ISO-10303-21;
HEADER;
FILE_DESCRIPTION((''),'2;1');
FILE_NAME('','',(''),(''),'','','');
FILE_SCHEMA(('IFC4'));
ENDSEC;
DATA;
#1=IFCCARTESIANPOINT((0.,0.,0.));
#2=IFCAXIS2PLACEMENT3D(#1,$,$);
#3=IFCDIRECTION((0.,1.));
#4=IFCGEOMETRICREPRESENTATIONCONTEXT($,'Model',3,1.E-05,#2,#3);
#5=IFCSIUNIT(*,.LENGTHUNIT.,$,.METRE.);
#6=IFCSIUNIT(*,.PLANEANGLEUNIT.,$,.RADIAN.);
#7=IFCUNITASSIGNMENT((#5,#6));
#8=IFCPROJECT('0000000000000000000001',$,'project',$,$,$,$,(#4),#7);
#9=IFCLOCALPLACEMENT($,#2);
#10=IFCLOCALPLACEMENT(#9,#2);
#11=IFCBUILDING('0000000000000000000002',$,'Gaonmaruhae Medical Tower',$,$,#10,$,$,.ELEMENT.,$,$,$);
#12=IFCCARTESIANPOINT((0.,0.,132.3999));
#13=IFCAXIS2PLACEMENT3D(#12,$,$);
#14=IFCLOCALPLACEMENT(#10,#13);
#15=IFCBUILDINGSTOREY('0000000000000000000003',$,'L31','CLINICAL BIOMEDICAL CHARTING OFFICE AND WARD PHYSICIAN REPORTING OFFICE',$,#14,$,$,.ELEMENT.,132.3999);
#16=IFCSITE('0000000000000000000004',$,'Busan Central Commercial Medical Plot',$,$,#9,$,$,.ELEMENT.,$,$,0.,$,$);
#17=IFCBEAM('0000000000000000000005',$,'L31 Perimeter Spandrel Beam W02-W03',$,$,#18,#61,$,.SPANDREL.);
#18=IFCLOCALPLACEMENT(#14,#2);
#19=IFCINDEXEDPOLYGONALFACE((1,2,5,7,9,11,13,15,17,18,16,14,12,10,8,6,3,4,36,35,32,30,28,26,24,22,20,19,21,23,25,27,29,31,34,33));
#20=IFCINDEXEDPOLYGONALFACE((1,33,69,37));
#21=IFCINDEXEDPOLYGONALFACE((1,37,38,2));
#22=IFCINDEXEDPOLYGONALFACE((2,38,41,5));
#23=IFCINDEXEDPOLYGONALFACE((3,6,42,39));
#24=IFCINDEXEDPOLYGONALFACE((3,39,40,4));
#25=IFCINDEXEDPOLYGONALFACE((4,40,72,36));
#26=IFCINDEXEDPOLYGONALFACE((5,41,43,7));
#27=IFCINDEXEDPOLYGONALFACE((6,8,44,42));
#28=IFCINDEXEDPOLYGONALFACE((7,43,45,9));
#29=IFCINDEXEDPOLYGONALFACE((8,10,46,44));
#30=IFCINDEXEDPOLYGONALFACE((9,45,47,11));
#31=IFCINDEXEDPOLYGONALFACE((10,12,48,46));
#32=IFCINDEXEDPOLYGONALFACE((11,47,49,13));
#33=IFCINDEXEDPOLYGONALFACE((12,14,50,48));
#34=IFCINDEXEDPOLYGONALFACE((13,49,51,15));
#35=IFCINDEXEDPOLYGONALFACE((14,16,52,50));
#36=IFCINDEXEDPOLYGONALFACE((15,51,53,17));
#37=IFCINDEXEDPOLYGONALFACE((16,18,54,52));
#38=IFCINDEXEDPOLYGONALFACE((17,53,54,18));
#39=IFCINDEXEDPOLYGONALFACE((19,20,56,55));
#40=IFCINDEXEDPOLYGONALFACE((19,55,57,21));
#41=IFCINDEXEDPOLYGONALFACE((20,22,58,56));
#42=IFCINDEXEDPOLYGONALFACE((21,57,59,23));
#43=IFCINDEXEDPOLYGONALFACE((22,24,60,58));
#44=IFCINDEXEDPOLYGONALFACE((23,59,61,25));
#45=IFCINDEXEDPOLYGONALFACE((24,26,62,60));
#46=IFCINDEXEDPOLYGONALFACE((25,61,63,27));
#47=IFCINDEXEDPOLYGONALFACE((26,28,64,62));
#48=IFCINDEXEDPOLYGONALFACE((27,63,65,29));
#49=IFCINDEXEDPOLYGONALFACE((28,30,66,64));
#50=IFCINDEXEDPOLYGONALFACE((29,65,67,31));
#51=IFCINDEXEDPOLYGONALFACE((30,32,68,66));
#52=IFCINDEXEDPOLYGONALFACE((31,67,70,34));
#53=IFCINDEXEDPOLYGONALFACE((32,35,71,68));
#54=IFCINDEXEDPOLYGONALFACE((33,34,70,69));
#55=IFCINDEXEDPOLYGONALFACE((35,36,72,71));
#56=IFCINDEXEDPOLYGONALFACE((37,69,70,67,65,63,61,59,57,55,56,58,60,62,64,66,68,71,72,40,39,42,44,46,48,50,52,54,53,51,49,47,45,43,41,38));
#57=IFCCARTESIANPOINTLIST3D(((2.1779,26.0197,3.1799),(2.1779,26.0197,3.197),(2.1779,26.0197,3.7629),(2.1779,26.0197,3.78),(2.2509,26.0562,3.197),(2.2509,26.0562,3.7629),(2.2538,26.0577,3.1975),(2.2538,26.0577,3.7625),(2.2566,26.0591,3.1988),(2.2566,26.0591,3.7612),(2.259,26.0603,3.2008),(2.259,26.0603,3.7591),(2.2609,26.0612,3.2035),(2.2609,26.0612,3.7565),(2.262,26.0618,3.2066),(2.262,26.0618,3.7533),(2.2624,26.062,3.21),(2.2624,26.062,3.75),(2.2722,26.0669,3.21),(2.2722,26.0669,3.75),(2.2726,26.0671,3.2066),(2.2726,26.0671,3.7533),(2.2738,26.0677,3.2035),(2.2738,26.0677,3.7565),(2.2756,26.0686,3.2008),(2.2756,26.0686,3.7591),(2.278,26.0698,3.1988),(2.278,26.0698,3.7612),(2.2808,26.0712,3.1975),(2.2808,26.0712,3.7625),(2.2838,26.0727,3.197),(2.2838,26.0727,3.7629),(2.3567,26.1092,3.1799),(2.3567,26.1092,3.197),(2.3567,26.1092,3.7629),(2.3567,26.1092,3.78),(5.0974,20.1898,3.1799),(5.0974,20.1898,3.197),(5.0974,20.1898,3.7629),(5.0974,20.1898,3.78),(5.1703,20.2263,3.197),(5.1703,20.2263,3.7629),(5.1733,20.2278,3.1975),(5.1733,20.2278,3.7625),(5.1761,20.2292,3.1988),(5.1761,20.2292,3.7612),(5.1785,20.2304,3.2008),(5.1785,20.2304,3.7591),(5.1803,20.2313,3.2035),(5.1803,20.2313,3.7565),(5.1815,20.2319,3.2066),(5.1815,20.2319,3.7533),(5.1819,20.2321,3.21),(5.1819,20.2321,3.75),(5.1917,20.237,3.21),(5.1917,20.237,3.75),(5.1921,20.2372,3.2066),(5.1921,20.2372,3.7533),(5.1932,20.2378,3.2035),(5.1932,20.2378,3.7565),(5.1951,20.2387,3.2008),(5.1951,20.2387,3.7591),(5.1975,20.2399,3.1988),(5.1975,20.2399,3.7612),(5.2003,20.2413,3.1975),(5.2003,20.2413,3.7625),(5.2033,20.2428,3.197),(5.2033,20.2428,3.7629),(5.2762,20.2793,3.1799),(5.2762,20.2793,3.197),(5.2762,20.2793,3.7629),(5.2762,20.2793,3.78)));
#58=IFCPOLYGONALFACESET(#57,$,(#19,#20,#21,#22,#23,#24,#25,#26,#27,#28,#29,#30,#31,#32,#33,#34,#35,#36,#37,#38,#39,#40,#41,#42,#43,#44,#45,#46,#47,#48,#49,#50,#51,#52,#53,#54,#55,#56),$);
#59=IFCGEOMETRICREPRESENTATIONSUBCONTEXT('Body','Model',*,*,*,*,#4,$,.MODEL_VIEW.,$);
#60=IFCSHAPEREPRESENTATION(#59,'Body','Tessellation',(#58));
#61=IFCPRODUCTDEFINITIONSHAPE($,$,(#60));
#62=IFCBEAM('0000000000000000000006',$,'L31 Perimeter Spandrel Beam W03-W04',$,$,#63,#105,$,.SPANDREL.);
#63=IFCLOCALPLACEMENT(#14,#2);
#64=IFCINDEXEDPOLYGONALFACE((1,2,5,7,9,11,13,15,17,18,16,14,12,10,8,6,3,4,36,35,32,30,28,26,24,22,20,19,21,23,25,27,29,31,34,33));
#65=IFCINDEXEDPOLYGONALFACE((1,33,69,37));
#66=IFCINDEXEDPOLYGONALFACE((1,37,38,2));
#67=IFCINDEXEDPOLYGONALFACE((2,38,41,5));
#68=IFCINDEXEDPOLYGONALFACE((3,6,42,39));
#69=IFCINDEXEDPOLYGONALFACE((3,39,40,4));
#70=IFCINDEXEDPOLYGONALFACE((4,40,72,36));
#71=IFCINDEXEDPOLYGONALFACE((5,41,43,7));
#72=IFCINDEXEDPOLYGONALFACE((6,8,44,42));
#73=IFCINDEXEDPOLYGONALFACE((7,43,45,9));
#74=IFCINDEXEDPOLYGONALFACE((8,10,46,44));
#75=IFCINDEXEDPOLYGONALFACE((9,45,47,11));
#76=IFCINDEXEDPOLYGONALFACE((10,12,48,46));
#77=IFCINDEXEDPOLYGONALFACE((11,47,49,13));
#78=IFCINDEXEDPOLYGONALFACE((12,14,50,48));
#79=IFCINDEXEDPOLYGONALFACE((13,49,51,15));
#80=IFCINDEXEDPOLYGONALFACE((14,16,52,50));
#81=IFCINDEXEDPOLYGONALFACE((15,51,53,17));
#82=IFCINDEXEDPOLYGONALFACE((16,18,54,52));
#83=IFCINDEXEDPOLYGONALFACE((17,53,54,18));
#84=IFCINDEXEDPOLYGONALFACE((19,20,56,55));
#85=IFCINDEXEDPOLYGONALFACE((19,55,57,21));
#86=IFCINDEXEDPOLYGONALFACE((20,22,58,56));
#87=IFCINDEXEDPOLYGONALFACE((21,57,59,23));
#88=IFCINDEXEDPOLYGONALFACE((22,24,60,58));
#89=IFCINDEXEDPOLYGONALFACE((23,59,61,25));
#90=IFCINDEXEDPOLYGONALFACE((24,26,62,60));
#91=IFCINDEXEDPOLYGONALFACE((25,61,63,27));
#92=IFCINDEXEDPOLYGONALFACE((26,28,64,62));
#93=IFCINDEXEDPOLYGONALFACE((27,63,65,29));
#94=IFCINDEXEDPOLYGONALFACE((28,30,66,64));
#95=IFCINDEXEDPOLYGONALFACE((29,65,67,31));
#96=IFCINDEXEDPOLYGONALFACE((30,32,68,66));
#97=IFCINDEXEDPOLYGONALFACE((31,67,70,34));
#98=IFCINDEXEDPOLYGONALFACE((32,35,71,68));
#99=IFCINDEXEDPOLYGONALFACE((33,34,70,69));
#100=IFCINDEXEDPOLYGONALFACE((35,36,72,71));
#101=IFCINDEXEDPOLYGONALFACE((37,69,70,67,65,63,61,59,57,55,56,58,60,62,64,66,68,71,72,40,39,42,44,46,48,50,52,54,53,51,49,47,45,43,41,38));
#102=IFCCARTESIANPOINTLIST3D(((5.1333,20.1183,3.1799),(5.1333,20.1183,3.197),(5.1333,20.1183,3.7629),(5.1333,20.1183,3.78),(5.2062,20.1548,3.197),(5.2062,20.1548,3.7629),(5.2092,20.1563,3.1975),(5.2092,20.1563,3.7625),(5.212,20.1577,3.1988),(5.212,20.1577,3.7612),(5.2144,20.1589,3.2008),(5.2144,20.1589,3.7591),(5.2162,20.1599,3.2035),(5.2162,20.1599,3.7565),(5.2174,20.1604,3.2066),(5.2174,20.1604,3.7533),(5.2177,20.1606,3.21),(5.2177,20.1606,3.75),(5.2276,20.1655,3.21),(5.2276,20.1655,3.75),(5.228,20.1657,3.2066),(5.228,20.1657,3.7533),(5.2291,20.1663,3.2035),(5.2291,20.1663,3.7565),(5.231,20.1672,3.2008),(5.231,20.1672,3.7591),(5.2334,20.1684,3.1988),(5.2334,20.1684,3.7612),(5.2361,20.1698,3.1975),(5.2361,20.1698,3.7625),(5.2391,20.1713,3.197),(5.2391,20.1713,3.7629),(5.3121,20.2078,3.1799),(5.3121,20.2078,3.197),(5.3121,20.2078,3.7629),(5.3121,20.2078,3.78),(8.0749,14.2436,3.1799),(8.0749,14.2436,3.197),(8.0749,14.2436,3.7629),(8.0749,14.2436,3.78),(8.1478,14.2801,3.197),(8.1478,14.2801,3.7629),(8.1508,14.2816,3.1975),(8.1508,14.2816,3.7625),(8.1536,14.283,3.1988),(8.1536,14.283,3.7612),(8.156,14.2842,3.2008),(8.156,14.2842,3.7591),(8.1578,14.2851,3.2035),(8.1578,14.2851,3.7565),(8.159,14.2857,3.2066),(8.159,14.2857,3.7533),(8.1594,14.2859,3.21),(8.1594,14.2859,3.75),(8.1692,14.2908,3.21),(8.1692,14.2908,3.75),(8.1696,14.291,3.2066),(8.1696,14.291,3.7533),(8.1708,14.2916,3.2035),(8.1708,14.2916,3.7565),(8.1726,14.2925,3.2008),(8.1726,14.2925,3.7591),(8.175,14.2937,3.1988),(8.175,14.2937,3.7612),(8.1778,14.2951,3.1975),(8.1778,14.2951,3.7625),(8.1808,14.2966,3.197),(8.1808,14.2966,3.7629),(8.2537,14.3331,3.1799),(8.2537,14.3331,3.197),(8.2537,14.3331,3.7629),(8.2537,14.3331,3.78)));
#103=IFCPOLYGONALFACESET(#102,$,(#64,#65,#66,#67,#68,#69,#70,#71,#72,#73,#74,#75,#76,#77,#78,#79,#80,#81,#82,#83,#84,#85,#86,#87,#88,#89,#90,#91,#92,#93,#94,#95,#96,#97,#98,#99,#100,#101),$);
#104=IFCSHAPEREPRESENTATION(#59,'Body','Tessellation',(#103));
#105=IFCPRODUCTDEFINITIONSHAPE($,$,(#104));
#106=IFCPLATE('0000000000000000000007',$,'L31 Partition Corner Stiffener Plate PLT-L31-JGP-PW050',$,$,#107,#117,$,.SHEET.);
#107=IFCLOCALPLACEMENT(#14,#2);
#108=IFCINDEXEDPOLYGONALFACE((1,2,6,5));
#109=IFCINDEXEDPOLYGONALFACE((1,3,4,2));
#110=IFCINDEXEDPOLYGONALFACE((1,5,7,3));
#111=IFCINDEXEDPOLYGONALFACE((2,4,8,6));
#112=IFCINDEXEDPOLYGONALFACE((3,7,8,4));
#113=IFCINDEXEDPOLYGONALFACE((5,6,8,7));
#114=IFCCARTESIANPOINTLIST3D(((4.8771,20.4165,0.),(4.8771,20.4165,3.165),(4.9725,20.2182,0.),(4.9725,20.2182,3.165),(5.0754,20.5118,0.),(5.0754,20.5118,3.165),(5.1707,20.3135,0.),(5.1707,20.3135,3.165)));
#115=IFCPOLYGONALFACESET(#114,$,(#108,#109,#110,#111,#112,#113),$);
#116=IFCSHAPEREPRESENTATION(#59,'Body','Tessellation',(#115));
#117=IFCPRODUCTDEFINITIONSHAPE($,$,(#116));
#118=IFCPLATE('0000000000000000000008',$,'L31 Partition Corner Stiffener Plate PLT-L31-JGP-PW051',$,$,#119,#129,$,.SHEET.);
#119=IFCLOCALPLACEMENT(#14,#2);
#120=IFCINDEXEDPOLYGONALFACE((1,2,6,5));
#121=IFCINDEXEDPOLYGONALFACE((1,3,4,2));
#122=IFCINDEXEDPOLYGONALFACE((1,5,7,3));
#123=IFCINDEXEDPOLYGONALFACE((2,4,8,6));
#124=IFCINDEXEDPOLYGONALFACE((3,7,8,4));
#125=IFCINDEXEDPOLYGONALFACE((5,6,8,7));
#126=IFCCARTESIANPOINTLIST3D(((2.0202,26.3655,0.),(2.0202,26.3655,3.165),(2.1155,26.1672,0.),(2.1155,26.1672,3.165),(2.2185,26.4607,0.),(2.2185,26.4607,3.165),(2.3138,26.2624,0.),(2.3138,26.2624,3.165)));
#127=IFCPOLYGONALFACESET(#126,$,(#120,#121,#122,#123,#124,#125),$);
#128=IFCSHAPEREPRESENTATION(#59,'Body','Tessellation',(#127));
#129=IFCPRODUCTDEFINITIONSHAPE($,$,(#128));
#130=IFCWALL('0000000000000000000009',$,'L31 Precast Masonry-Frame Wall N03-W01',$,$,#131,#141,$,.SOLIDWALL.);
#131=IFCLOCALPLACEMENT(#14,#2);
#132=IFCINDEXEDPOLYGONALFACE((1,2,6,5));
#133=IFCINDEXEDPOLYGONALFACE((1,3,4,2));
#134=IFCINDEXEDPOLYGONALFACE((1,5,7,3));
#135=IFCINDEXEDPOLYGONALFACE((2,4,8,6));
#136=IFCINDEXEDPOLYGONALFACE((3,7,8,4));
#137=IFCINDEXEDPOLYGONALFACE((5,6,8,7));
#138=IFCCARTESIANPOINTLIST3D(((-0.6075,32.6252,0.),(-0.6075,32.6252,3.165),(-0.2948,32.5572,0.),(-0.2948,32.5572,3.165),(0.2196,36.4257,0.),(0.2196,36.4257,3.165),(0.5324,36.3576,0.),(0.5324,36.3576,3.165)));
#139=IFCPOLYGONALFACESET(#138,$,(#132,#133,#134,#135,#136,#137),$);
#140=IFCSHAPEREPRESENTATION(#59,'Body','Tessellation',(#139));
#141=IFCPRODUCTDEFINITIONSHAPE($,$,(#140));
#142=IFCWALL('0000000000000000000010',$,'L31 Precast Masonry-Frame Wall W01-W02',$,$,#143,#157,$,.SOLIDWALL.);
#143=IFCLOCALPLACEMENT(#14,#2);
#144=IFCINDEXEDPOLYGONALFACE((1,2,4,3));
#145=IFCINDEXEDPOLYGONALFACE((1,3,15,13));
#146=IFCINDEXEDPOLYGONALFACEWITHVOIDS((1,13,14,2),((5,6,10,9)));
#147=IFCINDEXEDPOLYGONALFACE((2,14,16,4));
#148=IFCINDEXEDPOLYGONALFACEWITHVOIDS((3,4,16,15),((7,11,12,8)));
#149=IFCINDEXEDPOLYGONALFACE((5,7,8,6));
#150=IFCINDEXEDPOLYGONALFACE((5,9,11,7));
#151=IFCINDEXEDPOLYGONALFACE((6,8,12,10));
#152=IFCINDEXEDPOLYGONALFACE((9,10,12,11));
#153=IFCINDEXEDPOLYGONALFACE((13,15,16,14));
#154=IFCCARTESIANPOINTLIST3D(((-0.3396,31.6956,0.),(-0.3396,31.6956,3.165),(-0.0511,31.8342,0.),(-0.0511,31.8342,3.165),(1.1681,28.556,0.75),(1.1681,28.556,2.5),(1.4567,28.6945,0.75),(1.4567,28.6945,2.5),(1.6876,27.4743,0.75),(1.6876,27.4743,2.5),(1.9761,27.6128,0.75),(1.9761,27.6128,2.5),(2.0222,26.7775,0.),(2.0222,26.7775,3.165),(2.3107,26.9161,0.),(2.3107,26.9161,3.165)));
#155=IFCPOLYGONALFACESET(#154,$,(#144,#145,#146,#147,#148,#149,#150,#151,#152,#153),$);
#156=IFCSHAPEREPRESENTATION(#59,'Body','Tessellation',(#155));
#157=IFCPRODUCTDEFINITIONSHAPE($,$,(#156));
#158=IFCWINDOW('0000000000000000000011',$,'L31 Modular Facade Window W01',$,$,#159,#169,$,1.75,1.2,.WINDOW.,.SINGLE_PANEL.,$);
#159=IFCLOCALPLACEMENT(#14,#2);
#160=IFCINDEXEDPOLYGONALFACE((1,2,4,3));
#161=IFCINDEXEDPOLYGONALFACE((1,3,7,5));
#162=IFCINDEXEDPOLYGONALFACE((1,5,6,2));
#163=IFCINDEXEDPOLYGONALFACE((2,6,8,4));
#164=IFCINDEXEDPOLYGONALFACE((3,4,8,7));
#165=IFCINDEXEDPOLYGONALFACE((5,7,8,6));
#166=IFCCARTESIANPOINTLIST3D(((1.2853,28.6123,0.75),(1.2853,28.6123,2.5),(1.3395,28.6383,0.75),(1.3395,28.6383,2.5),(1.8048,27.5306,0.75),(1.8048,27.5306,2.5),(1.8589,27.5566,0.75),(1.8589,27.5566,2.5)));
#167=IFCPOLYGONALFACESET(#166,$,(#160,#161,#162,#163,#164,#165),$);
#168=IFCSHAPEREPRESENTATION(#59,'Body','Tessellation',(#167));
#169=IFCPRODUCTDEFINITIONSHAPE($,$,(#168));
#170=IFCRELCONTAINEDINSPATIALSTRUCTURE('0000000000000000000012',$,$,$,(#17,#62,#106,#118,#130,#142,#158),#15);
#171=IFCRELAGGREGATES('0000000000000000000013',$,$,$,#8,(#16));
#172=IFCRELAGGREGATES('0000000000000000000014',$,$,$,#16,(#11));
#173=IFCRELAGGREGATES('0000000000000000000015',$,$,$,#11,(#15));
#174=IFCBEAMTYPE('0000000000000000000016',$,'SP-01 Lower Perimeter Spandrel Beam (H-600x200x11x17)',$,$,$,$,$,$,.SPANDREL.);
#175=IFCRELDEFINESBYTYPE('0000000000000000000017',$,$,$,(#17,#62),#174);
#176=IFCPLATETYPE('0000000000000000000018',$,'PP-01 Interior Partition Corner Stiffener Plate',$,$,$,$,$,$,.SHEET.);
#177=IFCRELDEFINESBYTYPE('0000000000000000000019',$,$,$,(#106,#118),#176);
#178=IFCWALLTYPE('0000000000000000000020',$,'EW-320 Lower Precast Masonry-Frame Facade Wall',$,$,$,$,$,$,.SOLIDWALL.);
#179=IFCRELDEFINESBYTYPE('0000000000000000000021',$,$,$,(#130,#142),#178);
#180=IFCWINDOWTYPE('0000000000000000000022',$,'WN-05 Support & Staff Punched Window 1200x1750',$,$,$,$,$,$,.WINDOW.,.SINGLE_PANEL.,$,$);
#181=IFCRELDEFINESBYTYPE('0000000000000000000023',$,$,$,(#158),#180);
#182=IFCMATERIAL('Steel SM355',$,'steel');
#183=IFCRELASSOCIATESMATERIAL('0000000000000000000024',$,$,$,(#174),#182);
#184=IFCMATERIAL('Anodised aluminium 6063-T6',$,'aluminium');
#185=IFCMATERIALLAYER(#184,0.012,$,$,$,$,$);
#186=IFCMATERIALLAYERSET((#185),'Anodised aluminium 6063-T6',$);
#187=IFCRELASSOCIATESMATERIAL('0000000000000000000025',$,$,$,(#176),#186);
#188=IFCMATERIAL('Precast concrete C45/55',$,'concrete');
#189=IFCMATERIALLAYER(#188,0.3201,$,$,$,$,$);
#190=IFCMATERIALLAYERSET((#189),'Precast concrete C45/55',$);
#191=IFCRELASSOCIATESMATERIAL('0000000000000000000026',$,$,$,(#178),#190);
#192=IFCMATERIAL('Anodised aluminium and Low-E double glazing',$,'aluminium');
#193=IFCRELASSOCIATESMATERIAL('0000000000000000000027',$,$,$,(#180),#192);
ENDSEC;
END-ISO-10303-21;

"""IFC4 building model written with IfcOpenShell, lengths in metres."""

from ifc_helpers import new_model, si_unit, direction, frame, frame_2d, origin, origin_2d, place, context, subcontext, project, spatial, rectangle, i_section, extrude, material, layer, layer_set, material_profile, profile_set, type_object, element, fill, save


model = new_model("IFC4")

# Units and contexts
model_context = context("Model", 3, precision=1e-05, world=origin(), true_north=direction((0.0, 1.0)))
body_context = subcontext(model_context, "Body", "Model", "MODEL_VIEW")
ifc_project = project(units=[si_unit("LENGTHUNIT", "METRE"), si_unit("PLANEANGLEUNIT", "RADIAN")], contexts=[model_context])

# Site, building, storey
site_placement = place(None, origin())
site = spatial("IfcSite", under=ifc_project, at=site_placement, Name="Busan Central Commercial Medical Plot", CompositionType="ELEMENT", RefElevation=0.0)
building_placement = place(site_placement, origin())
building = spatial("IfcBuilding", under=site, at=building_placement, Name="Gaonmaruhae Medical Tower", CompositionType="ELEMENT")
storey_placement = place(building_placement, frame((0.0, 0.0, 132.3999)))
storey = spatial("IfcBuildingStorey", under=building, at=storey_placement, Name="L31", Description="CLINICAL BIOMEDICAL CHARTING OFFICE AND WARD PHYSICIAN REPORTING OFFICE", CompositionType="ELEMENT", Elevation=132.3999)

# Beams
ifc_material_1 = material(Name="Steel SM355", Category="steel")
ifc_material_profile_1 = material_profile(ifc_material_1, i_section(OverallWidth=0.2, OverallDepth=0.6001, WebThickness=0.011, FlangeThickness=0.0171, FilletRadius=0.0129, at=origin_2d()), Name="H-600x200x11x17")
ifc_profile_set_1 = profile_set([ifc_material_profile_1], Name="Steel SM355")
beam_type_1 = type_object("IfcBeamType", Name="SP-01 Lower Perimeter Spandrel Beam (H-600x200x11x17)", PredefinedType="SPANDREL", material=ifc_profile_set_1)
beam_1_placement = place(storey_placement, frame((2.2673, 26.0645, 3.48), z_axis=(0.447768, -0.89415, 0.0), x_axis=(0.89415, 0.447768, 0.0)))
element("IfcBeam", 1, at=beam_1_placement, inside=storey, type_object=beam_type_1, Name="L31 Perimeter Spandrel Beam W02-W03", PredefinedType="SPANDREL", context=body_context, shape_type="SweptSolid", body=[
    extrude(i_section(OverallWidth=0.2, OverallDepth=0.6001, WebThickness=0.011, FlangeThickness=0.0171, FilletRadius=0.0129, at=origin_2d()), origin(), (0.0, 0.0, 1.0), 6.52),
])
beam_2_placement = place(storey_placement, frame((5.2227, 20.1631, 3.48), z_axis=(0.447734, -0.894167, 0.0), x_axis=(0.894167, 0.447734, 0.0)))
element("IfcBeam", 2, at=beam_2_placement, inside=storey, type_object=beam_type_1, Name="L31 Perimeter Spandrel Beam W03-W04", PredefinedType="SPANDREL", context=body_context, shape_type="SweptSolid", body=[
    extrude(i_section(OverallWidth=0.2, OverallDepth=0.6001, WebThickness=0.011, FlangeThickness=0.0171, FilletRadius=0.0129, at=origin_2d()), origin(), (0.0, 0.0, 1.0), 6.5701),
])

# Plates
ifc_material_2 = material(Name="Anodised aluminium 6063-T6", Category="aluminium")
ifc_layer_1 = layer(ifc_material_2, 0.012)
ifc_layer_set_1 = layer_set([ifc_layer_1], Name="Anodised aluminium 6063-T6")
plate_type = type_object("IfcPlateType", Name="PP-01 Interior Partition Corner Stiffener Plate", PredefinedType="SHEET", material=ifc_layer_set_1)
for number, where, z_axis, x_axis, name in (
    (3, (5.0239, 20.365, 0.0), (0.0, 0.0, 1.0), (-0.433329, 0.901236, 0.0), "L31 Partition Corner Stiffener Plate PLT-L31-JGP-PW050"),
    (4, (2.167, 26.314, 0.0), (0.0, 0.0, 1.0), (-0.432998, 0.901395, 0.0), "L31 Partition Corner Stiffener Plate PLT-L31-JGP-PW051"),
):
    element("IfcPlate", number, at=place(storey_placement, frame(where, z_axis=z_axis, x_axis=x_axis)), inside=storey, type_object=plate_type, Name=name, PredefinedType="SHEET", context=body_context, shape_type="SweptSolid", body=[
        extrude(rectangle(XDim=0.22, YDim=0.22, at=origin_2d()), origin(), (0.0, 0.0, 1.0), 3.165),
    ])

# Wall
ifc_material_3 = material(Name="Precast concrete C45/55", Category="concrete")
ifc_layer_2 = layer(ifc_material_3, 0.3201)
ifc_layer_set_2 = layer_set([ifc_layer_2], Name="Precast concrete C45/55")
wall_type_1 = type_object("IfcWallType", Name="EW-320 Lower Precast Masonry-Frame Facade Wall", PredefinedType="SOLIDWALL", material=ifc_layer_set_2)
wall_1_placement = place(storey_placement, frame((-0.4512, 32.5911, 0.0), z_axis=(0.0, 0.0, 1.0), x_axis=(0.212662, 0.977126, 0.0)))
element("IfcWall", 5, at=wall_1_placement, inside=storey, type_object=wall_type_1, Name="L31 Precast Masonry-Frame Wall N03-W01", PredefinedType="SOLIDWALL", context=body_context, shape_type="SweptSolid", body=[
    extrude(rectangle(XDim=3.8894, YDim=0.3201, at=frame_2d((1.9448, 0.0))), origin(), (0.0, 0.0, 1.0), 3.165),
])

# Wall, opening, window
wall_2_placement = place(storey_placement, frame((2.1665, 26.8467, 0.0), z_axis=(0.0, 0.0, 1.0), x_axis=(-0.432891, 0.901446, 0.0)))
wall_2 = element("IfcWall", 6, at=wall_2_placement, inside=storey, type_object=wall_type_1, Name="L31 Precast Masonry-Frame Wall W01-W02", PredefinedType="SOLIDWALL", context=body_context, shape_type="SweptSolid", body=[
    extrude(rectangle(XDim=5.4558, YDim=0.3201, at=frame_2d((2.728, 0.0))), origin(), (0.0, 0.0, 1.0), 3.165),
])
opening_1_placement = place(wall_2_placement, frame((0.7729, 0.0, 0.75)))
opening_1 = element("IfcOpeningElement", 7, at=opening_1_placement, cuts=wall_2, PredefinedType="OPENING", context=body_context, shape_type="SweptSolid", body=[
    extrude(rectangle(XDim=1.2, YDim=1.75, at=frame_2d((0.6001, 0.875))), frame((0.0, 0.1699, 0.0), z_axis=(0.0, -1.0, 0.0), x_axis=(1.0, 0.0, 0.0)), (0.0, 0.0, 1.0), 0.3401),
])
ifc_material_4 = material(Name="Anodised aluminium and Low-E double glazing", Category="aluminium")
window_type_1 = type_object("IfcWindowType", Name="WN-05 Support & Staff Punched Window 1200x1750", PartitioningType="SINGLE_PANEL", PredefinedType="WINDOW", material=ifc_material_4)
window_1_placement = place(opening_1_placement, origin())
window_1 = element("IfcWindow", 8, at=window_1_placement, inside=storey, type_object=window_type_1, Name="L31 Modular Facade Window W01", OverallHeight=1.75, OverallWidth=1.2, PartitioningType="SINGLE_PANEL", PredefinedType="WINDOW", context=body_context, shape_type="SweptSolid", body=[
    extrude(rectangle(XDim=1.2, YDim=1.75, at=frame_2d((0.6001, 0.875))), frame((0.0, 0.03, 0.0), z_axis=(0.0, -1.0, 0.0), x_axis=(1.0, 0.0, 0.0)), (0.0, 0.0, 1.0), 0.0601),
])
fill(opening_1, window_1)

save(model, "model.ifc")
